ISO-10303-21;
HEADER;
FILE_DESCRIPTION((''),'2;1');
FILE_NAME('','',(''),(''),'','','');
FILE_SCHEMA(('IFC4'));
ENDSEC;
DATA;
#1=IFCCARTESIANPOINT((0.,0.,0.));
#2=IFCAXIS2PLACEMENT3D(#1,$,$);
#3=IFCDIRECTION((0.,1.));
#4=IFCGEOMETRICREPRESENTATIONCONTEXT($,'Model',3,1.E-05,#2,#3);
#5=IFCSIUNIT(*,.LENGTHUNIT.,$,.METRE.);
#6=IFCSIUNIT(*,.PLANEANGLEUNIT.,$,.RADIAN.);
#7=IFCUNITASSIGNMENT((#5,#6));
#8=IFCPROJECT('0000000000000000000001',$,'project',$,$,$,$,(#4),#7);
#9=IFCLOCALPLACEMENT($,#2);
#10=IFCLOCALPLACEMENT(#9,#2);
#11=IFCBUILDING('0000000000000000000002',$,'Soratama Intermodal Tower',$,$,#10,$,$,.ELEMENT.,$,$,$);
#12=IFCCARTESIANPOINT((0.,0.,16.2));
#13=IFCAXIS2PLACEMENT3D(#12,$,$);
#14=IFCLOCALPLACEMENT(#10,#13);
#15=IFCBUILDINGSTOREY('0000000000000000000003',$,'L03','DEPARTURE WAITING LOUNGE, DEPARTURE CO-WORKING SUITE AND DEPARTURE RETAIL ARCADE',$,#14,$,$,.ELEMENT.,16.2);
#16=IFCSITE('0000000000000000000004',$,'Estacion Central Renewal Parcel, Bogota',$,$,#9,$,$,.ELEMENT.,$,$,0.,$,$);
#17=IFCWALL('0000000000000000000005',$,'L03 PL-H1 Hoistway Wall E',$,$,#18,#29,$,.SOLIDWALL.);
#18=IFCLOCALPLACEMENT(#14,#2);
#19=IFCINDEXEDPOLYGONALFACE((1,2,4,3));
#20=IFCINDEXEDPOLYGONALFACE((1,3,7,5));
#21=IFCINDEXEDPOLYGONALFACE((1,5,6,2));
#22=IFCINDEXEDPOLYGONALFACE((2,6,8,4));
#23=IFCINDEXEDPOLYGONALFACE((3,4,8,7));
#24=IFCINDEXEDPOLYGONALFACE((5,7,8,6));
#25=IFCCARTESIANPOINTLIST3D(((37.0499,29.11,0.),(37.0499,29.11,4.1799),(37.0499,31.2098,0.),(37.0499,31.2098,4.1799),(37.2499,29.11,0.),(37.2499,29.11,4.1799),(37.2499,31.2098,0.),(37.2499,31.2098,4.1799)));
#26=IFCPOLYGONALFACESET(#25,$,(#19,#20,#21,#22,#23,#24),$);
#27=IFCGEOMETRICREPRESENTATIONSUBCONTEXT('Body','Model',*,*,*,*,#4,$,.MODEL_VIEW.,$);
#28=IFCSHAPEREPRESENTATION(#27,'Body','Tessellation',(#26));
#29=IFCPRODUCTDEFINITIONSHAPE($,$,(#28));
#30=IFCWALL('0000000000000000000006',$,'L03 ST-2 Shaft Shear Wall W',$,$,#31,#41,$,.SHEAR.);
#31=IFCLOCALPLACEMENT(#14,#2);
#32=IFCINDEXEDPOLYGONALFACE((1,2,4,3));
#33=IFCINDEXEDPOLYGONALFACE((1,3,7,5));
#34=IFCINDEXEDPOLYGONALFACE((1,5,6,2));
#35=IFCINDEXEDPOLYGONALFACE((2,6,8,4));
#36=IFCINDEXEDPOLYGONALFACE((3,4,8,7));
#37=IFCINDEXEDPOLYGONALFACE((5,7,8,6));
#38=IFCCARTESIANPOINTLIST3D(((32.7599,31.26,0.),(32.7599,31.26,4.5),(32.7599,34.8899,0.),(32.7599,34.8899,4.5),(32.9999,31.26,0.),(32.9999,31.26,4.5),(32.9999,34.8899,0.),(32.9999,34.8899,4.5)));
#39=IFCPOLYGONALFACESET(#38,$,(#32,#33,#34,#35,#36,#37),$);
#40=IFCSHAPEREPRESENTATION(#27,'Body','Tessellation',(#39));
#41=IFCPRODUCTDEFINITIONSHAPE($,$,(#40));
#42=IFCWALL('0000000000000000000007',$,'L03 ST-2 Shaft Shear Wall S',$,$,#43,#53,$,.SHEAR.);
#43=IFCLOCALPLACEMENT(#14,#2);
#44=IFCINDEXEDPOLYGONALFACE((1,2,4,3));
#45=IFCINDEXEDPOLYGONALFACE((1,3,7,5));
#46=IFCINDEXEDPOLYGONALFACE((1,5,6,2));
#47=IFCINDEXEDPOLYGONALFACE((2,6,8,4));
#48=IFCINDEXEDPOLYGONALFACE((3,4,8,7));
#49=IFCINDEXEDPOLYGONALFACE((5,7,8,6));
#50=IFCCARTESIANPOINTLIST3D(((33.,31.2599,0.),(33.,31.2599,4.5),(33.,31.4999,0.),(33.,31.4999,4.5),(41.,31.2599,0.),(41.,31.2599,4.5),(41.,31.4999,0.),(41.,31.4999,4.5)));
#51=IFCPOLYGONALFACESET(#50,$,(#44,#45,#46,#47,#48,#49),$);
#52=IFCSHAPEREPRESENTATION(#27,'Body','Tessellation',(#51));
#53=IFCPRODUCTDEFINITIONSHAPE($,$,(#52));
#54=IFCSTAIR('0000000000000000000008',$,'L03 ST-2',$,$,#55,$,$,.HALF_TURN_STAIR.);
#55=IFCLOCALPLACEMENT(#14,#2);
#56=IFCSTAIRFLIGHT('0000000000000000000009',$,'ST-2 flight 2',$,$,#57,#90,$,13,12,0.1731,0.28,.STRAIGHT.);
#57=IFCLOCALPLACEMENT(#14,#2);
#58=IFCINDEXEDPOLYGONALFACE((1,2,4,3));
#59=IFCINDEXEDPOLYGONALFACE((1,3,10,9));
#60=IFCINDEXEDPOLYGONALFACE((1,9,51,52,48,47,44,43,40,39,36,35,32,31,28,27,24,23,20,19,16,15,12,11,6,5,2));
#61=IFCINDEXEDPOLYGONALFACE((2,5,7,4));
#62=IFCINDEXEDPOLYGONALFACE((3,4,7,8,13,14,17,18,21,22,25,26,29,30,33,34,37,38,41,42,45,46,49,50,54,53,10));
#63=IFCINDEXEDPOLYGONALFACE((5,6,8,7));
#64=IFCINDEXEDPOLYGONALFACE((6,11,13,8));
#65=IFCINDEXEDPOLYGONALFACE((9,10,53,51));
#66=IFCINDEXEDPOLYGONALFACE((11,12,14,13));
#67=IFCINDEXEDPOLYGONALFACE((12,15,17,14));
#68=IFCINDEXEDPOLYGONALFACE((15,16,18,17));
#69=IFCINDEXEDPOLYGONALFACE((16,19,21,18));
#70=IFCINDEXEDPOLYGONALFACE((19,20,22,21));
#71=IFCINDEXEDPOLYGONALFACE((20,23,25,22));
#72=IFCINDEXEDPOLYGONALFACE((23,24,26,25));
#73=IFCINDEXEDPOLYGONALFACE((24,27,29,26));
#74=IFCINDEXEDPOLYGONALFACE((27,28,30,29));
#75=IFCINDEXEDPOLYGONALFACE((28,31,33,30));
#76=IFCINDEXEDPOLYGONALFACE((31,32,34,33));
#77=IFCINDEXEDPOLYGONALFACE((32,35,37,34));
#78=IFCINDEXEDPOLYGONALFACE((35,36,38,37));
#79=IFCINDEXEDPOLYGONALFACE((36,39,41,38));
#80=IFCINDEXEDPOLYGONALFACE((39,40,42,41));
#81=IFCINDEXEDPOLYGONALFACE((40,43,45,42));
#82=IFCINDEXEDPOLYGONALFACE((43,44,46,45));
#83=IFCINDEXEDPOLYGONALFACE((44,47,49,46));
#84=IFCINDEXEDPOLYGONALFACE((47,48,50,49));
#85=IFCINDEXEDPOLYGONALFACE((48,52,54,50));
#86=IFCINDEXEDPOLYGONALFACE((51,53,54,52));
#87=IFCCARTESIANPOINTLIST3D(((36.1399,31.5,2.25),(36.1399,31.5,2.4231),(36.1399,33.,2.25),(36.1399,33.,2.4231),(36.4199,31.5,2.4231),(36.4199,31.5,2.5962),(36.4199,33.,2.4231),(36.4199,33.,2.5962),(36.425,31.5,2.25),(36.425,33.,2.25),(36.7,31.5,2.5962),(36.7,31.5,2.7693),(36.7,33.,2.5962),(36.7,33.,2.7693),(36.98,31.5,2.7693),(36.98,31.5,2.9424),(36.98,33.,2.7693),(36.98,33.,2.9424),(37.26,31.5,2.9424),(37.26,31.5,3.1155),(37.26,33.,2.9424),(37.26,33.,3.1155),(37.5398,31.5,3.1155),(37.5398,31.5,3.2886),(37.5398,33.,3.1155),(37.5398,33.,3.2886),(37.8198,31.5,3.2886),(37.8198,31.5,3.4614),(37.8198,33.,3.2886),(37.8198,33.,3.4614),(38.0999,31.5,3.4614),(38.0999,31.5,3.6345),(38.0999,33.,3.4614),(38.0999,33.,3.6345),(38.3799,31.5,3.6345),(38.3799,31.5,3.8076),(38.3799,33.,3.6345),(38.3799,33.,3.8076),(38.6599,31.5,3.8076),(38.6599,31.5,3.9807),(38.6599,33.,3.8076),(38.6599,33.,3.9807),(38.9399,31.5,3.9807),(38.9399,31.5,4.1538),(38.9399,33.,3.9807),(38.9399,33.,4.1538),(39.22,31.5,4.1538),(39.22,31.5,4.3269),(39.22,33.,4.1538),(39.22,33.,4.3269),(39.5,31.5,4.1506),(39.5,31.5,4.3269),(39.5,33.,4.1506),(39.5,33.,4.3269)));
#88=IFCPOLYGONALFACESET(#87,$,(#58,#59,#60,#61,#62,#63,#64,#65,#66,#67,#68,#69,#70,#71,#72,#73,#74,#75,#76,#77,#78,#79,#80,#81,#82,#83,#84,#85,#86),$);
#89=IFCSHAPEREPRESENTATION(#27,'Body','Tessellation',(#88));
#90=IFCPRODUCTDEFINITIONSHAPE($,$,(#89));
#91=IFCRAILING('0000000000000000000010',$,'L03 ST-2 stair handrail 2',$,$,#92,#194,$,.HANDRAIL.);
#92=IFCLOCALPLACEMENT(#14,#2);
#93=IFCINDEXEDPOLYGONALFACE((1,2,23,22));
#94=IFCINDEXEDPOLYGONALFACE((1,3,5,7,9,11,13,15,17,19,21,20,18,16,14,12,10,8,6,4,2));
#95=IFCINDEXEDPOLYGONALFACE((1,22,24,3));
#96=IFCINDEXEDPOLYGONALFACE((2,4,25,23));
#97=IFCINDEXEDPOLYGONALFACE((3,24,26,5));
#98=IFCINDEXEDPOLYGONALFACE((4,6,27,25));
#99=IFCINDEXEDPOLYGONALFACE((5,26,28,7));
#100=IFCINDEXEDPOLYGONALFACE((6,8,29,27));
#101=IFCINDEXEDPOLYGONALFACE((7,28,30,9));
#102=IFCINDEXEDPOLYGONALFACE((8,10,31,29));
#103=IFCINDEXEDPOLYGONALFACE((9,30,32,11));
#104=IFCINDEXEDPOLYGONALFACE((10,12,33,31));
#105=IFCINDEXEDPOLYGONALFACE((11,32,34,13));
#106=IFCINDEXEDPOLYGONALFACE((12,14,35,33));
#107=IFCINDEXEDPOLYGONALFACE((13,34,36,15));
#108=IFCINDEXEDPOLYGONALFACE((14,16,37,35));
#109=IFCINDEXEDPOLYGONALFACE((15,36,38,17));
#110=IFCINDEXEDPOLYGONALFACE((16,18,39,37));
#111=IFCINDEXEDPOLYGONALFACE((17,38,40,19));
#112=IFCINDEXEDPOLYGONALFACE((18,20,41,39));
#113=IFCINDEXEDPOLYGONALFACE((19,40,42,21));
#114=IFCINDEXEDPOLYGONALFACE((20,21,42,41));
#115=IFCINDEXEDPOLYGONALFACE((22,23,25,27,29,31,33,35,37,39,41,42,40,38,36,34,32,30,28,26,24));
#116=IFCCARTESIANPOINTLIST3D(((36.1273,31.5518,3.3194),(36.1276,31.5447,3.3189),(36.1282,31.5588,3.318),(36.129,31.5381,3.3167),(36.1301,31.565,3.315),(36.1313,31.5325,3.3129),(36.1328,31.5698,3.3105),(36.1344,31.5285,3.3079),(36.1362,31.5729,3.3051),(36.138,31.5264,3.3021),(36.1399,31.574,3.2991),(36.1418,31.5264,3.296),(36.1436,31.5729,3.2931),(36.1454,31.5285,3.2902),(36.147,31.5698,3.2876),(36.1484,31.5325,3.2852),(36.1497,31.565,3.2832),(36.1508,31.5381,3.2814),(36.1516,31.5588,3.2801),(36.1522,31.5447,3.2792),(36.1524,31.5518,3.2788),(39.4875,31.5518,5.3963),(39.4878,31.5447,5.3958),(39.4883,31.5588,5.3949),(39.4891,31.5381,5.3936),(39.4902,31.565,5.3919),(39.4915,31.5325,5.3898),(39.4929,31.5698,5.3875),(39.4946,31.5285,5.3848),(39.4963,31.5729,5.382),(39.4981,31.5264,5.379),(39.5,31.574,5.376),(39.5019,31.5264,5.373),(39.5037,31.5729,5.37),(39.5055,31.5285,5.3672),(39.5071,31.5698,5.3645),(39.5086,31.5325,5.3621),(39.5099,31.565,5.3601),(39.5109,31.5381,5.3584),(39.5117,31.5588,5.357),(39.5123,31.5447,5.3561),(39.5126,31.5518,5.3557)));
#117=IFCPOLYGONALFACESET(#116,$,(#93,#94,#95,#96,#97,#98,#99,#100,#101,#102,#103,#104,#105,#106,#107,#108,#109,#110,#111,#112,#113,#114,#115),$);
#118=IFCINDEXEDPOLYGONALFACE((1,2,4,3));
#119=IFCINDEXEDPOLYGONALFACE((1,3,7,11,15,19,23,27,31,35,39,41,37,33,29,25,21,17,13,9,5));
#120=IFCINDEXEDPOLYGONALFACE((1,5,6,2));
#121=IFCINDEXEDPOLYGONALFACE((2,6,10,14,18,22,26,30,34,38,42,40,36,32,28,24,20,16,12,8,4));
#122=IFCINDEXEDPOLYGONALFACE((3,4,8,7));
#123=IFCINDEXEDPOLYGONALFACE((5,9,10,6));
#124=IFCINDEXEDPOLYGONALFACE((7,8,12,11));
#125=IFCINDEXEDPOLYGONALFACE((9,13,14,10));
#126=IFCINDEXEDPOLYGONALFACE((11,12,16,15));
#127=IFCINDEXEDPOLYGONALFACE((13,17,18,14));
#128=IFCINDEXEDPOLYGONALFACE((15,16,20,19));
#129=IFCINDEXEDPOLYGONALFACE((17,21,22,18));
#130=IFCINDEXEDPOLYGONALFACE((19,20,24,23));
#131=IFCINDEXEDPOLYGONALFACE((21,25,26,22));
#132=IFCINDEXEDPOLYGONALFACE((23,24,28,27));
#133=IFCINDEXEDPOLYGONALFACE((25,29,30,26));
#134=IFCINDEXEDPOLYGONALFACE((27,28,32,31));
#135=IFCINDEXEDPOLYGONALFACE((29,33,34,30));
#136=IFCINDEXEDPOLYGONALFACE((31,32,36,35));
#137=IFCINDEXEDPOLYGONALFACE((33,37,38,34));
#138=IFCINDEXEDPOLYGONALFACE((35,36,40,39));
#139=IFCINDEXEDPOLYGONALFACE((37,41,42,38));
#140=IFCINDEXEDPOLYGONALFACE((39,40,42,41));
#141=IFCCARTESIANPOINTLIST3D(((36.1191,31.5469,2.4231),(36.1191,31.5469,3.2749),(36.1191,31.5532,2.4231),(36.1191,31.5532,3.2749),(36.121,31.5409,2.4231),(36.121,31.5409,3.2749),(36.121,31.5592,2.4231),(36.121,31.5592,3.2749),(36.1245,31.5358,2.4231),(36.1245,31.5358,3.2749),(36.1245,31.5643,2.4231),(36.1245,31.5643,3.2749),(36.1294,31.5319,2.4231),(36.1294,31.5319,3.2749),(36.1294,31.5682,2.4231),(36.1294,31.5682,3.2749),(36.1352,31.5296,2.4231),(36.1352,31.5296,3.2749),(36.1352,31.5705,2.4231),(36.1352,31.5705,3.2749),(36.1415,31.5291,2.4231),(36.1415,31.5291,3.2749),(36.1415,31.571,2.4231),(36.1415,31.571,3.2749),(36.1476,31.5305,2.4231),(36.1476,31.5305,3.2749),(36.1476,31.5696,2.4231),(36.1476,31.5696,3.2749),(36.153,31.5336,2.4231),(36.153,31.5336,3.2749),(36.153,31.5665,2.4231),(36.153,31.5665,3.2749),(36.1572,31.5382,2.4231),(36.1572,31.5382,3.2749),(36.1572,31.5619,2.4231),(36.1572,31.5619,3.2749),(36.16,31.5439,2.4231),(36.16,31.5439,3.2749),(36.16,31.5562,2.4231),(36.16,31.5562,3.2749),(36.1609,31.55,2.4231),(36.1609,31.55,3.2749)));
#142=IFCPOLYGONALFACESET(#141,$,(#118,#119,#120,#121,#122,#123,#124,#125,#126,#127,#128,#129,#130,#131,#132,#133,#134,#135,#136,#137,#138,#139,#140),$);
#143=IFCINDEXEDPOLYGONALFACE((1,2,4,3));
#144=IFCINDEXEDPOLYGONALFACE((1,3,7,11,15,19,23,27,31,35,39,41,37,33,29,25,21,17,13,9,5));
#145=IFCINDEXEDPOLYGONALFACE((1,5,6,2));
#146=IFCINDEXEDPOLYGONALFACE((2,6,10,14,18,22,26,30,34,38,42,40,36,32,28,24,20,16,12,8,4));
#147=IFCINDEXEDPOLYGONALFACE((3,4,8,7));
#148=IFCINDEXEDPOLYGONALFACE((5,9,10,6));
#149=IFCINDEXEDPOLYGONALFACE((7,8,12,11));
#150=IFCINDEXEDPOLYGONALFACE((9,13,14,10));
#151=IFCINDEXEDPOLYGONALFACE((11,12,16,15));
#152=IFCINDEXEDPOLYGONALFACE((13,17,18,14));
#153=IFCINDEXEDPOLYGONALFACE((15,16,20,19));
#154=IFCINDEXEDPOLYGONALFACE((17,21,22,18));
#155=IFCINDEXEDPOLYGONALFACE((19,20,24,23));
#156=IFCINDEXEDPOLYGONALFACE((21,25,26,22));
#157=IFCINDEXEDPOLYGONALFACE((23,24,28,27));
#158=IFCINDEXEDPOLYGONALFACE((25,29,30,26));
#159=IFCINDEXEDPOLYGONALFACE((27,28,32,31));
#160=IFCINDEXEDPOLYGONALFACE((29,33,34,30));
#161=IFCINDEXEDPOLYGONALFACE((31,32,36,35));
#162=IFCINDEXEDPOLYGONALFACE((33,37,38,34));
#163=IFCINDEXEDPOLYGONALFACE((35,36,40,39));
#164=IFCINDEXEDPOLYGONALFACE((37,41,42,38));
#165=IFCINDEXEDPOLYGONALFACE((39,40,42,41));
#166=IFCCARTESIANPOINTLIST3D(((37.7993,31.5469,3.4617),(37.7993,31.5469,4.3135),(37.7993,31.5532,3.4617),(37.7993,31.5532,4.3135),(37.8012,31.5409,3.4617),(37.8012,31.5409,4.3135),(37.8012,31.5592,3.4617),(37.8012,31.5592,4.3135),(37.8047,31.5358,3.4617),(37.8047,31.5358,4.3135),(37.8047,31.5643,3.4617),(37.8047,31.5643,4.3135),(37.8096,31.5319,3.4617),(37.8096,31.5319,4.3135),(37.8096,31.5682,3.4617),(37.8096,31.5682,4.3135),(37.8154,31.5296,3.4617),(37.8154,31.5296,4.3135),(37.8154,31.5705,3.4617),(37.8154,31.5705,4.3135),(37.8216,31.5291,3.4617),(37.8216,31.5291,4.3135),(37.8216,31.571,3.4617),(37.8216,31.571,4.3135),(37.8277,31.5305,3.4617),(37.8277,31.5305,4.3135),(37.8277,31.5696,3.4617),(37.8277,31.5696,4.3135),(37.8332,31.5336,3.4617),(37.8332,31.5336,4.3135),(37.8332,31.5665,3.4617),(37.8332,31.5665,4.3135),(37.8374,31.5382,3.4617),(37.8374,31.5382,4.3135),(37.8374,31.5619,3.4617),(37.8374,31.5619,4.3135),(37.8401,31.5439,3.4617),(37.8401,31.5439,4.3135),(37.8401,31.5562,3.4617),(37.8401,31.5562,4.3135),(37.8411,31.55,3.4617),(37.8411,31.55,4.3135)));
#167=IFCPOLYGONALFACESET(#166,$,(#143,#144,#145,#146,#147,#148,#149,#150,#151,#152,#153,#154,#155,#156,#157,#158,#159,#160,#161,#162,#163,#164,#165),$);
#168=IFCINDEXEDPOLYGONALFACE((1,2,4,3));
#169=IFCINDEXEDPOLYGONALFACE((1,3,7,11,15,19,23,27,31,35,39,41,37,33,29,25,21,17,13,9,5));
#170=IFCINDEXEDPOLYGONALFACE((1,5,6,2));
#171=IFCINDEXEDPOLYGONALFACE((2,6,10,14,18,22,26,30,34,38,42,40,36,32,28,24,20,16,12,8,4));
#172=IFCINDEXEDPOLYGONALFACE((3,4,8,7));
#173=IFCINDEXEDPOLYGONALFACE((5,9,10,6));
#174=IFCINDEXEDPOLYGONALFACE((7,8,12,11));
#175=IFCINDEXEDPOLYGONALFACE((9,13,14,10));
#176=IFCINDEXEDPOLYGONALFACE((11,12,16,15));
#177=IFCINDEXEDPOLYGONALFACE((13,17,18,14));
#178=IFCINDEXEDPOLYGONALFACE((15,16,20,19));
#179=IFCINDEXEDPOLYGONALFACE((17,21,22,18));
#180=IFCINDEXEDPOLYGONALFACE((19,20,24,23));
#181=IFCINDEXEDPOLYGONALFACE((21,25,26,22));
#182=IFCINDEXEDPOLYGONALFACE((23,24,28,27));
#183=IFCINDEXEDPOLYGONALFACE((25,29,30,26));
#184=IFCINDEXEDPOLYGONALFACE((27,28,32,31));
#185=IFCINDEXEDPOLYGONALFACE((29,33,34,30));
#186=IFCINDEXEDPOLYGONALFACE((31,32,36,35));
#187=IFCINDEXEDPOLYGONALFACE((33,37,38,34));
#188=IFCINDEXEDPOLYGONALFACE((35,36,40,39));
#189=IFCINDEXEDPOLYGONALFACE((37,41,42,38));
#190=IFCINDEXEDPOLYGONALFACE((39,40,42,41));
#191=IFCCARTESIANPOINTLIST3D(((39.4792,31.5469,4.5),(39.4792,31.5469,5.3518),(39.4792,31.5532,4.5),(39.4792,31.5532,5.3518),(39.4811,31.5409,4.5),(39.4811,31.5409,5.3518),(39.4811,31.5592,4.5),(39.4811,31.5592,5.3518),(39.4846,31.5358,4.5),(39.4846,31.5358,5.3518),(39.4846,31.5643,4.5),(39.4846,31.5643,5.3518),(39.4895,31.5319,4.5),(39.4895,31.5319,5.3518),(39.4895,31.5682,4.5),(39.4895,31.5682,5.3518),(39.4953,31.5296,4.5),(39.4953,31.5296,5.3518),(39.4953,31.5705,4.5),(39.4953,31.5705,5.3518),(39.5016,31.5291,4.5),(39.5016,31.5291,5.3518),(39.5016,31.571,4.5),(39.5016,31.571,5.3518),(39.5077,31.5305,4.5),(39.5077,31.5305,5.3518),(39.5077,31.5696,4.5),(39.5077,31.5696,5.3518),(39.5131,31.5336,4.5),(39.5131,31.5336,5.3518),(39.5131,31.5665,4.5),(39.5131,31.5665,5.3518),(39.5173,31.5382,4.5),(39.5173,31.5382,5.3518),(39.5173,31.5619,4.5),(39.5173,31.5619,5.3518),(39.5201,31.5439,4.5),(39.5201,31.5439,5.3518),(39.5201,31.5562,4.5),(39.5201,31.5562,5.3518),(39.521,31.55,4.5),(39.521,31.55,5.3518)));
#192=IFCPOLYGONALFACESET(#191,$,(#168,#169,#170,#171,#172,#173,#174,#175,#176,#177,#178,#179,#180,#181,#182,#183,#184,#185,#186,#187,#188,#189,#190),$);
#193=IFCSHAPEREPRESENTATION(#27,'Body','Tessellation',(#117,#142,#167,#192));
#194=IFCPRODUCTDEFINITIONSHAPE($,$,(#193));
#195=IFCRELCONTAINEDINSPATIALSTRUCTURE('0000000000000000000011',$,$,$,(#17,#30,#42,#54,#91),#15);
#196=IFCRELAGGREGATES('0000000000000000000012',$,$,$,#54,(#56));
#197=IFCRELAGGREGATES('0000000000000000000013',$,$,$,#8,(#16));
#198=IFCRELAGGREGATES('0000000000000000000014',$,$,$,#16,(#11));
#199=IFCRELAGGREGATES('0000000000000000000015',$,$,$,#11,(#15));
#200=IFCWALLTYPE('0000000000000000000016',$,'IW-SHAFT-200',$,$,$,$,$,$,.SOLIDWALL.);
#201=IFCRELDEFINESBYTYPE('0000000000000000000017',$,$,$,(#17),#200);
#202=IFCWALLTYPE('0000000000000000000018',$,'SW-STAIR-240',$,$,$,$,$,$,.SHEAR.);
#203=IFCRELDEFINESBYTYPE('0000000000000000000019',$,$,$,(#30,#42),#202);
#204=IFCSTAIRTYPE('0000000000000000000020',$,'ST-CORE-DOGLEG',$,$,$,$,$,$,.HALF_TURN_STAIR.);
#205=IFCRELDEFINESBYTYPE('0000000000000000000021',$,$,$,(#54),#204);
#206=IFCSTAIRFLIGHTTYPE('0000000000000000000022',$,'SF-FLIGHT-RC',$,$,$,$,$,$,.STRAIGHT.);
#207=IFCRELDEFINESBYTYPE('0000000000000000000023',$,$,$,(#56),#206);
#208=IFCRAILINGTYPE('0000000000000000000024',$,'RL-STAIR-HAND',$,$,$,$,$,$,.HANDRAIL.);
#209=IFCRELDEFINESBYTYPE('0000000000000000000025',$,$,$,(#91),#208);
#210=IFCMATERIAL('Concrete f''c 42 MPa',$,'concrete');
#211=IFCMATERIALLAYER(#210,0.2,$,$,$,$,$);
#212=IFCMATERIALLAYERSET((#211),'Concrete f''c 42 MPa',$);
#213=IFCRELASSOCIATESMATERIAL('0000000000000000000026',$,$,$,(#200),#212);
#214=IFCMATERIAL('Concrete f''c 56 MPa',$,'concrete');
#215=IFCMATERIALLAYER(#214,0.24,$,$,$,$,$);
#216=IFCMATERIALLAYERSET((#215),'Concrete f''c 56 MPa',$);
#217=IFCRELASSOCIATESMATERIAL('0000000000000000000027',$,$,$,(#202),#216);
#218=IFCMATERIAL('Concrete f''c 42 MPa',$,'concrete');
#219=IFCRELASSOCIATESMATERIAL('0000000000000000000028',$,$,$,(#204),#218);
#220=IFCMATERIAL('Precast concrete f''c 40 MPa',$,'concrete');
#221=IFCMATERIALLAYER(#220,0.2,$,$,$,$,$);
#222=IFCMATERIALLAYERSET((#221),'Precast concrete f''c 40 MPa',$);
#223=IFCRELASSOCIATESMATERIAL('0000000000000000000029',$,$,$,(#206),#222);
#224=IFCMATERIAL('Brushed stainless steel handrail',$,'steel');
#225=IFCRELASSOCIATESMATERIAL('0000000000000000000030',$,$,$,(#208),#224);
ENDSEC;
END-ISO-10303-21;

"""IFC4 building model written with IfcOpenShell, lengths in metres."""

from ifc_helpers import new_model, si_unit, direction, frame, frame_2d, origin, origin_2d, place, context, subcontext, project, spatial, polyline, rectangle, circle, outline, extrude, material, layer, layer_set, type_object, element, aggregate, save


model = new_model("IFC4")

# Units and contexts
model_context = context("Model", 3, precision=1e-05, world=origin(), true_north=direction((0.0, 1.0)))
body_context = subcontext(model_context, "Body", "Model", "MODEL_VIEW")
ifc_project = project(units=[si_unit("LENGTHUNIT", "METRE"), si_unit("PLANEANGLEUNIT", "RADIAN")], contexts=[model_context])

# Site, building, storey
site_placement = place(None, origin())
site = spatial("IfcSite", under=ifc_project, at=site_placement, Name="Estacion Central Renewal Parcel, Bogota", CompositionType="ELEMENT", RefElevation=0.0)
building_placement = place(site_placement, origin())
building = spatial("IfcBuilding", under=site, at=building_placement, Name="Soratama Intermodal Tower", CompositionType="ELEMENT")
storey_placement = place(building_placement, frame((0.0, 0.0, 16.2)))
storey = spatial("IfcBuildingStorey", under=building, at=storey_placement, Name="L03", Description="DEPARTURE WAITING LOUNGE, DEPARTURE CO-WORKING SUITE AND DEPARTURE RETAIL ARCADE", CompositionType="ELEMENT", Elevation=16.2)

# Walls
ifc_material_1 = material(Name="Concrete f'c 42 MPa", Category="concrete")
ifc_layer_1 = layer(ifc_material_1, 0.2)
ifc_layer_set_1 = layer_set([ifc_layer_1], Name="Concrete f'c 42 MPa")
wall_type_1 = type_object("IfcWallType", Name="IW-SHAFT-200", PredefinedType="SOLIDWALL", material=ifc_layer_set_1)
wall_1_placement = place(storey_placement, frame((37.1499, 29.1101, 0.0), z_axis=(0.0, 0.0, 1.0), x_axis=(0.0, 1.0, 0.0)))
element("IfcWall", 1, at=wall_1_placement, inside=storey, type_object=wall_type_1, Name="L03 PL-H1 Hoistway Wall E", PredefinedType="SOLIDWALL", context=body_context, shape_type="SweptSolid", body=[
    extrude(rectangle(XDim=2.0999, YDim=0.2, at=frame_2d((1.0498, 0.0))), origin(), (0.0, 0.0, 1.0), 4.1799),
])
ifc_material_2 = material(Name="Concrete f'c 56 MPa", Category="concrete")
ifc_layer_2 = layer(ifc_material_2, 0.24)
ifc_layer_set_2 = layer_set([ifc_layer_2], Name="Concrete f'c 56 MPa")
wall_type_2 = type_object("IfcWallType", Name="SW-STAIR-240", PredefinedType="SHEAR", material=ifc_layer_set_2)
wall_2_placement = place(storey_placement, frame((32.8799, 31.26, 0.0), z_axis=(0.0, 0.0, 1.0), x_axis=(0.0, 1.0, 0.0)))
element("IfcWall", 2, at=wall_2_placement, inside=storey, type_object=wall_type_2, Name="L03 ST-2 Shaft Shear Wall W", PredefinedType="SHEAR", context=body_context, shape_type="SweptSolid", body=[
    extrude(rectangle(XDim=3.6299, YDim=0.24, at=frame_2d((1.8149, 0.0))), origin(), (0.0, 0.0, 1.0), 4.5),
])
wall_3_placement = place(storey_placement, frame((33.0, 31.3799, 0.0), z_axis=(0.0, 0.0, 1.0), x_axis=(1.0, 0.0, 0.0)))
element("IfcWall", 3, at=wall_3_placement, inside=storey, type_object=wall_type_2, Name="L03 ST-2 Shaft Shear Wall S", PredefinedType="SHEAR", context=body_context, shape_type="SweptSolid", body=[
    extrude(rectangle(XDim=8.0, YDim=0.24, at=frame_2d((4.0, 0.0))), origin(), (0.0, 0.0, 1.0), 4.5),
])

# Stair, stair flight
ifc_material_3 = material(Name="Concrete f'c 42 MPa", Category="concrete")
stair_type = type_object("IfcStairType", Name="ST-CORE-DOGLEG", PredefinedType="HALF_TURN_STAIR", material=ifc_material_3)
stair_placement = place(storey_placement, origin())
stair = element("IfcStair", 4, at=stair_placement, inside=storey, type_object=stair_type, Name="L03 ST-2", PredefinedType="HALF_TURN_STAIR")
ifc_material_4 = material(Name="Precast concrete f'c 40 MPa", Category="concrete")
ifc_layer_3 = layer(ifc_material_4, 0.2)
ifc_layer_set_3 = layer_set([ifc_layer_3], Name="Precast concrete f'c 40 MPa")
stair_flight_type = type_object("IfcStairFlightType", Name="SF-FLIGHT-RC", PredefinedType="STRAIGHT", material=ifc_layer_set_3)
stair_flight_placement = place(storey_placement, frame((36.1399, 32.25, 2.25), z_axis=(0.0, 0.0, 1.0), x_axis=(1.0, 0.0, 0.0)))
stair_flight = element("IfcStairFlight", 5, at=stair_flight_placement, type_object=stair_flight_type, Name="ST-2 flight 2", NumberOfRisers=13, NumberOfTreads=12, PredefinedType="STRAIGHT", RiserHeight=0.1731, TreadLength=0.28, context=body_context, shape_type="SweptSolid", body=[
    extrude(outline(polyline([(0.0, 0.0), (0.0, 0.1731), (0.28, 0.1731), (0.28, 0.3462), (0.5601, 0.3462), (0.5601, 0.5193), (0.8401, 0.5193), (0.8401, 0.6924), (1.1201, 0.6924), (1.1201, 0.8655), (1.3999, 0.8655), (1.3999, 1.0386), (1.6799, 1.0386), (1.6799, 1.2114), (1.96, 1.2114), (1.96, 1.3845), (2.24, 1.3845), (2.24, 1.5576), (2.52, 1.5576), (2.52, 1.7307), (2.8, 1.7307), (2.8, 1.9038), (3.0801, 1.9038), (3.0801, 2.0769), (3.3601, 2.0769), (3.3601, 2.25), (3.3601, 1.9006), (0.2852, 0.0), (0.0, 0.0)])), frame((0.0, 0.75, 0.0), z_axis=(0.0, -1.0, 0.0), x_axis=(1.0, 0.0, 0.0)), (0.0, 0.0, 1.0), 1.5),
])
aggregate(stair, [stair_flight])

# Railing
ifc_material_5 = material(Name="Brushed stainless steel handrail", Category="steel")
railing_type = type_object("IfcRailingType", Name="RL-STAIR-HAND", PredefinedType="HANDRAIL", material=ifc_material_5)
railing_placement = place(storey_placement, frame((36.1399, 31.55, 2.4231)))
element("IfcRailing", 6, at=railing_placement, inside=storey, type_object=railing_type, Name="L03 ST-2 stair handrail 2", PredefinedType="HANDRAIL", context=body_context, shape_type="SweptSolid", body=[
    extrude(circle(Radius=0.0239, at=origin_2d()), frame((0.0, 0.0, 0.876), z_axis=(0.850623, 0.0, 0.525776), x_axis=(0.0, 1.0, 0.0)), (0.0, 0.0, 1.0), 3.9502),
    extrude(circle(Radius=0.021, at=origin_2d()), origin(), (0.0, 0.0, 1.0), 0.8518),
    extrude(circle(Radius=0.021, at=origin_2d()), frame((1.6802, 0.0, 1.0386)), (0.0, 0.0, 1.0), 0.8518),
    extrude(circle(Radius=0.021, at=origin_2d()), frame((3.3601, 0.0, 2.0769)), (0.0, 0.0, 1.0), 0.8518),
])

save(model, "model.ifc")
